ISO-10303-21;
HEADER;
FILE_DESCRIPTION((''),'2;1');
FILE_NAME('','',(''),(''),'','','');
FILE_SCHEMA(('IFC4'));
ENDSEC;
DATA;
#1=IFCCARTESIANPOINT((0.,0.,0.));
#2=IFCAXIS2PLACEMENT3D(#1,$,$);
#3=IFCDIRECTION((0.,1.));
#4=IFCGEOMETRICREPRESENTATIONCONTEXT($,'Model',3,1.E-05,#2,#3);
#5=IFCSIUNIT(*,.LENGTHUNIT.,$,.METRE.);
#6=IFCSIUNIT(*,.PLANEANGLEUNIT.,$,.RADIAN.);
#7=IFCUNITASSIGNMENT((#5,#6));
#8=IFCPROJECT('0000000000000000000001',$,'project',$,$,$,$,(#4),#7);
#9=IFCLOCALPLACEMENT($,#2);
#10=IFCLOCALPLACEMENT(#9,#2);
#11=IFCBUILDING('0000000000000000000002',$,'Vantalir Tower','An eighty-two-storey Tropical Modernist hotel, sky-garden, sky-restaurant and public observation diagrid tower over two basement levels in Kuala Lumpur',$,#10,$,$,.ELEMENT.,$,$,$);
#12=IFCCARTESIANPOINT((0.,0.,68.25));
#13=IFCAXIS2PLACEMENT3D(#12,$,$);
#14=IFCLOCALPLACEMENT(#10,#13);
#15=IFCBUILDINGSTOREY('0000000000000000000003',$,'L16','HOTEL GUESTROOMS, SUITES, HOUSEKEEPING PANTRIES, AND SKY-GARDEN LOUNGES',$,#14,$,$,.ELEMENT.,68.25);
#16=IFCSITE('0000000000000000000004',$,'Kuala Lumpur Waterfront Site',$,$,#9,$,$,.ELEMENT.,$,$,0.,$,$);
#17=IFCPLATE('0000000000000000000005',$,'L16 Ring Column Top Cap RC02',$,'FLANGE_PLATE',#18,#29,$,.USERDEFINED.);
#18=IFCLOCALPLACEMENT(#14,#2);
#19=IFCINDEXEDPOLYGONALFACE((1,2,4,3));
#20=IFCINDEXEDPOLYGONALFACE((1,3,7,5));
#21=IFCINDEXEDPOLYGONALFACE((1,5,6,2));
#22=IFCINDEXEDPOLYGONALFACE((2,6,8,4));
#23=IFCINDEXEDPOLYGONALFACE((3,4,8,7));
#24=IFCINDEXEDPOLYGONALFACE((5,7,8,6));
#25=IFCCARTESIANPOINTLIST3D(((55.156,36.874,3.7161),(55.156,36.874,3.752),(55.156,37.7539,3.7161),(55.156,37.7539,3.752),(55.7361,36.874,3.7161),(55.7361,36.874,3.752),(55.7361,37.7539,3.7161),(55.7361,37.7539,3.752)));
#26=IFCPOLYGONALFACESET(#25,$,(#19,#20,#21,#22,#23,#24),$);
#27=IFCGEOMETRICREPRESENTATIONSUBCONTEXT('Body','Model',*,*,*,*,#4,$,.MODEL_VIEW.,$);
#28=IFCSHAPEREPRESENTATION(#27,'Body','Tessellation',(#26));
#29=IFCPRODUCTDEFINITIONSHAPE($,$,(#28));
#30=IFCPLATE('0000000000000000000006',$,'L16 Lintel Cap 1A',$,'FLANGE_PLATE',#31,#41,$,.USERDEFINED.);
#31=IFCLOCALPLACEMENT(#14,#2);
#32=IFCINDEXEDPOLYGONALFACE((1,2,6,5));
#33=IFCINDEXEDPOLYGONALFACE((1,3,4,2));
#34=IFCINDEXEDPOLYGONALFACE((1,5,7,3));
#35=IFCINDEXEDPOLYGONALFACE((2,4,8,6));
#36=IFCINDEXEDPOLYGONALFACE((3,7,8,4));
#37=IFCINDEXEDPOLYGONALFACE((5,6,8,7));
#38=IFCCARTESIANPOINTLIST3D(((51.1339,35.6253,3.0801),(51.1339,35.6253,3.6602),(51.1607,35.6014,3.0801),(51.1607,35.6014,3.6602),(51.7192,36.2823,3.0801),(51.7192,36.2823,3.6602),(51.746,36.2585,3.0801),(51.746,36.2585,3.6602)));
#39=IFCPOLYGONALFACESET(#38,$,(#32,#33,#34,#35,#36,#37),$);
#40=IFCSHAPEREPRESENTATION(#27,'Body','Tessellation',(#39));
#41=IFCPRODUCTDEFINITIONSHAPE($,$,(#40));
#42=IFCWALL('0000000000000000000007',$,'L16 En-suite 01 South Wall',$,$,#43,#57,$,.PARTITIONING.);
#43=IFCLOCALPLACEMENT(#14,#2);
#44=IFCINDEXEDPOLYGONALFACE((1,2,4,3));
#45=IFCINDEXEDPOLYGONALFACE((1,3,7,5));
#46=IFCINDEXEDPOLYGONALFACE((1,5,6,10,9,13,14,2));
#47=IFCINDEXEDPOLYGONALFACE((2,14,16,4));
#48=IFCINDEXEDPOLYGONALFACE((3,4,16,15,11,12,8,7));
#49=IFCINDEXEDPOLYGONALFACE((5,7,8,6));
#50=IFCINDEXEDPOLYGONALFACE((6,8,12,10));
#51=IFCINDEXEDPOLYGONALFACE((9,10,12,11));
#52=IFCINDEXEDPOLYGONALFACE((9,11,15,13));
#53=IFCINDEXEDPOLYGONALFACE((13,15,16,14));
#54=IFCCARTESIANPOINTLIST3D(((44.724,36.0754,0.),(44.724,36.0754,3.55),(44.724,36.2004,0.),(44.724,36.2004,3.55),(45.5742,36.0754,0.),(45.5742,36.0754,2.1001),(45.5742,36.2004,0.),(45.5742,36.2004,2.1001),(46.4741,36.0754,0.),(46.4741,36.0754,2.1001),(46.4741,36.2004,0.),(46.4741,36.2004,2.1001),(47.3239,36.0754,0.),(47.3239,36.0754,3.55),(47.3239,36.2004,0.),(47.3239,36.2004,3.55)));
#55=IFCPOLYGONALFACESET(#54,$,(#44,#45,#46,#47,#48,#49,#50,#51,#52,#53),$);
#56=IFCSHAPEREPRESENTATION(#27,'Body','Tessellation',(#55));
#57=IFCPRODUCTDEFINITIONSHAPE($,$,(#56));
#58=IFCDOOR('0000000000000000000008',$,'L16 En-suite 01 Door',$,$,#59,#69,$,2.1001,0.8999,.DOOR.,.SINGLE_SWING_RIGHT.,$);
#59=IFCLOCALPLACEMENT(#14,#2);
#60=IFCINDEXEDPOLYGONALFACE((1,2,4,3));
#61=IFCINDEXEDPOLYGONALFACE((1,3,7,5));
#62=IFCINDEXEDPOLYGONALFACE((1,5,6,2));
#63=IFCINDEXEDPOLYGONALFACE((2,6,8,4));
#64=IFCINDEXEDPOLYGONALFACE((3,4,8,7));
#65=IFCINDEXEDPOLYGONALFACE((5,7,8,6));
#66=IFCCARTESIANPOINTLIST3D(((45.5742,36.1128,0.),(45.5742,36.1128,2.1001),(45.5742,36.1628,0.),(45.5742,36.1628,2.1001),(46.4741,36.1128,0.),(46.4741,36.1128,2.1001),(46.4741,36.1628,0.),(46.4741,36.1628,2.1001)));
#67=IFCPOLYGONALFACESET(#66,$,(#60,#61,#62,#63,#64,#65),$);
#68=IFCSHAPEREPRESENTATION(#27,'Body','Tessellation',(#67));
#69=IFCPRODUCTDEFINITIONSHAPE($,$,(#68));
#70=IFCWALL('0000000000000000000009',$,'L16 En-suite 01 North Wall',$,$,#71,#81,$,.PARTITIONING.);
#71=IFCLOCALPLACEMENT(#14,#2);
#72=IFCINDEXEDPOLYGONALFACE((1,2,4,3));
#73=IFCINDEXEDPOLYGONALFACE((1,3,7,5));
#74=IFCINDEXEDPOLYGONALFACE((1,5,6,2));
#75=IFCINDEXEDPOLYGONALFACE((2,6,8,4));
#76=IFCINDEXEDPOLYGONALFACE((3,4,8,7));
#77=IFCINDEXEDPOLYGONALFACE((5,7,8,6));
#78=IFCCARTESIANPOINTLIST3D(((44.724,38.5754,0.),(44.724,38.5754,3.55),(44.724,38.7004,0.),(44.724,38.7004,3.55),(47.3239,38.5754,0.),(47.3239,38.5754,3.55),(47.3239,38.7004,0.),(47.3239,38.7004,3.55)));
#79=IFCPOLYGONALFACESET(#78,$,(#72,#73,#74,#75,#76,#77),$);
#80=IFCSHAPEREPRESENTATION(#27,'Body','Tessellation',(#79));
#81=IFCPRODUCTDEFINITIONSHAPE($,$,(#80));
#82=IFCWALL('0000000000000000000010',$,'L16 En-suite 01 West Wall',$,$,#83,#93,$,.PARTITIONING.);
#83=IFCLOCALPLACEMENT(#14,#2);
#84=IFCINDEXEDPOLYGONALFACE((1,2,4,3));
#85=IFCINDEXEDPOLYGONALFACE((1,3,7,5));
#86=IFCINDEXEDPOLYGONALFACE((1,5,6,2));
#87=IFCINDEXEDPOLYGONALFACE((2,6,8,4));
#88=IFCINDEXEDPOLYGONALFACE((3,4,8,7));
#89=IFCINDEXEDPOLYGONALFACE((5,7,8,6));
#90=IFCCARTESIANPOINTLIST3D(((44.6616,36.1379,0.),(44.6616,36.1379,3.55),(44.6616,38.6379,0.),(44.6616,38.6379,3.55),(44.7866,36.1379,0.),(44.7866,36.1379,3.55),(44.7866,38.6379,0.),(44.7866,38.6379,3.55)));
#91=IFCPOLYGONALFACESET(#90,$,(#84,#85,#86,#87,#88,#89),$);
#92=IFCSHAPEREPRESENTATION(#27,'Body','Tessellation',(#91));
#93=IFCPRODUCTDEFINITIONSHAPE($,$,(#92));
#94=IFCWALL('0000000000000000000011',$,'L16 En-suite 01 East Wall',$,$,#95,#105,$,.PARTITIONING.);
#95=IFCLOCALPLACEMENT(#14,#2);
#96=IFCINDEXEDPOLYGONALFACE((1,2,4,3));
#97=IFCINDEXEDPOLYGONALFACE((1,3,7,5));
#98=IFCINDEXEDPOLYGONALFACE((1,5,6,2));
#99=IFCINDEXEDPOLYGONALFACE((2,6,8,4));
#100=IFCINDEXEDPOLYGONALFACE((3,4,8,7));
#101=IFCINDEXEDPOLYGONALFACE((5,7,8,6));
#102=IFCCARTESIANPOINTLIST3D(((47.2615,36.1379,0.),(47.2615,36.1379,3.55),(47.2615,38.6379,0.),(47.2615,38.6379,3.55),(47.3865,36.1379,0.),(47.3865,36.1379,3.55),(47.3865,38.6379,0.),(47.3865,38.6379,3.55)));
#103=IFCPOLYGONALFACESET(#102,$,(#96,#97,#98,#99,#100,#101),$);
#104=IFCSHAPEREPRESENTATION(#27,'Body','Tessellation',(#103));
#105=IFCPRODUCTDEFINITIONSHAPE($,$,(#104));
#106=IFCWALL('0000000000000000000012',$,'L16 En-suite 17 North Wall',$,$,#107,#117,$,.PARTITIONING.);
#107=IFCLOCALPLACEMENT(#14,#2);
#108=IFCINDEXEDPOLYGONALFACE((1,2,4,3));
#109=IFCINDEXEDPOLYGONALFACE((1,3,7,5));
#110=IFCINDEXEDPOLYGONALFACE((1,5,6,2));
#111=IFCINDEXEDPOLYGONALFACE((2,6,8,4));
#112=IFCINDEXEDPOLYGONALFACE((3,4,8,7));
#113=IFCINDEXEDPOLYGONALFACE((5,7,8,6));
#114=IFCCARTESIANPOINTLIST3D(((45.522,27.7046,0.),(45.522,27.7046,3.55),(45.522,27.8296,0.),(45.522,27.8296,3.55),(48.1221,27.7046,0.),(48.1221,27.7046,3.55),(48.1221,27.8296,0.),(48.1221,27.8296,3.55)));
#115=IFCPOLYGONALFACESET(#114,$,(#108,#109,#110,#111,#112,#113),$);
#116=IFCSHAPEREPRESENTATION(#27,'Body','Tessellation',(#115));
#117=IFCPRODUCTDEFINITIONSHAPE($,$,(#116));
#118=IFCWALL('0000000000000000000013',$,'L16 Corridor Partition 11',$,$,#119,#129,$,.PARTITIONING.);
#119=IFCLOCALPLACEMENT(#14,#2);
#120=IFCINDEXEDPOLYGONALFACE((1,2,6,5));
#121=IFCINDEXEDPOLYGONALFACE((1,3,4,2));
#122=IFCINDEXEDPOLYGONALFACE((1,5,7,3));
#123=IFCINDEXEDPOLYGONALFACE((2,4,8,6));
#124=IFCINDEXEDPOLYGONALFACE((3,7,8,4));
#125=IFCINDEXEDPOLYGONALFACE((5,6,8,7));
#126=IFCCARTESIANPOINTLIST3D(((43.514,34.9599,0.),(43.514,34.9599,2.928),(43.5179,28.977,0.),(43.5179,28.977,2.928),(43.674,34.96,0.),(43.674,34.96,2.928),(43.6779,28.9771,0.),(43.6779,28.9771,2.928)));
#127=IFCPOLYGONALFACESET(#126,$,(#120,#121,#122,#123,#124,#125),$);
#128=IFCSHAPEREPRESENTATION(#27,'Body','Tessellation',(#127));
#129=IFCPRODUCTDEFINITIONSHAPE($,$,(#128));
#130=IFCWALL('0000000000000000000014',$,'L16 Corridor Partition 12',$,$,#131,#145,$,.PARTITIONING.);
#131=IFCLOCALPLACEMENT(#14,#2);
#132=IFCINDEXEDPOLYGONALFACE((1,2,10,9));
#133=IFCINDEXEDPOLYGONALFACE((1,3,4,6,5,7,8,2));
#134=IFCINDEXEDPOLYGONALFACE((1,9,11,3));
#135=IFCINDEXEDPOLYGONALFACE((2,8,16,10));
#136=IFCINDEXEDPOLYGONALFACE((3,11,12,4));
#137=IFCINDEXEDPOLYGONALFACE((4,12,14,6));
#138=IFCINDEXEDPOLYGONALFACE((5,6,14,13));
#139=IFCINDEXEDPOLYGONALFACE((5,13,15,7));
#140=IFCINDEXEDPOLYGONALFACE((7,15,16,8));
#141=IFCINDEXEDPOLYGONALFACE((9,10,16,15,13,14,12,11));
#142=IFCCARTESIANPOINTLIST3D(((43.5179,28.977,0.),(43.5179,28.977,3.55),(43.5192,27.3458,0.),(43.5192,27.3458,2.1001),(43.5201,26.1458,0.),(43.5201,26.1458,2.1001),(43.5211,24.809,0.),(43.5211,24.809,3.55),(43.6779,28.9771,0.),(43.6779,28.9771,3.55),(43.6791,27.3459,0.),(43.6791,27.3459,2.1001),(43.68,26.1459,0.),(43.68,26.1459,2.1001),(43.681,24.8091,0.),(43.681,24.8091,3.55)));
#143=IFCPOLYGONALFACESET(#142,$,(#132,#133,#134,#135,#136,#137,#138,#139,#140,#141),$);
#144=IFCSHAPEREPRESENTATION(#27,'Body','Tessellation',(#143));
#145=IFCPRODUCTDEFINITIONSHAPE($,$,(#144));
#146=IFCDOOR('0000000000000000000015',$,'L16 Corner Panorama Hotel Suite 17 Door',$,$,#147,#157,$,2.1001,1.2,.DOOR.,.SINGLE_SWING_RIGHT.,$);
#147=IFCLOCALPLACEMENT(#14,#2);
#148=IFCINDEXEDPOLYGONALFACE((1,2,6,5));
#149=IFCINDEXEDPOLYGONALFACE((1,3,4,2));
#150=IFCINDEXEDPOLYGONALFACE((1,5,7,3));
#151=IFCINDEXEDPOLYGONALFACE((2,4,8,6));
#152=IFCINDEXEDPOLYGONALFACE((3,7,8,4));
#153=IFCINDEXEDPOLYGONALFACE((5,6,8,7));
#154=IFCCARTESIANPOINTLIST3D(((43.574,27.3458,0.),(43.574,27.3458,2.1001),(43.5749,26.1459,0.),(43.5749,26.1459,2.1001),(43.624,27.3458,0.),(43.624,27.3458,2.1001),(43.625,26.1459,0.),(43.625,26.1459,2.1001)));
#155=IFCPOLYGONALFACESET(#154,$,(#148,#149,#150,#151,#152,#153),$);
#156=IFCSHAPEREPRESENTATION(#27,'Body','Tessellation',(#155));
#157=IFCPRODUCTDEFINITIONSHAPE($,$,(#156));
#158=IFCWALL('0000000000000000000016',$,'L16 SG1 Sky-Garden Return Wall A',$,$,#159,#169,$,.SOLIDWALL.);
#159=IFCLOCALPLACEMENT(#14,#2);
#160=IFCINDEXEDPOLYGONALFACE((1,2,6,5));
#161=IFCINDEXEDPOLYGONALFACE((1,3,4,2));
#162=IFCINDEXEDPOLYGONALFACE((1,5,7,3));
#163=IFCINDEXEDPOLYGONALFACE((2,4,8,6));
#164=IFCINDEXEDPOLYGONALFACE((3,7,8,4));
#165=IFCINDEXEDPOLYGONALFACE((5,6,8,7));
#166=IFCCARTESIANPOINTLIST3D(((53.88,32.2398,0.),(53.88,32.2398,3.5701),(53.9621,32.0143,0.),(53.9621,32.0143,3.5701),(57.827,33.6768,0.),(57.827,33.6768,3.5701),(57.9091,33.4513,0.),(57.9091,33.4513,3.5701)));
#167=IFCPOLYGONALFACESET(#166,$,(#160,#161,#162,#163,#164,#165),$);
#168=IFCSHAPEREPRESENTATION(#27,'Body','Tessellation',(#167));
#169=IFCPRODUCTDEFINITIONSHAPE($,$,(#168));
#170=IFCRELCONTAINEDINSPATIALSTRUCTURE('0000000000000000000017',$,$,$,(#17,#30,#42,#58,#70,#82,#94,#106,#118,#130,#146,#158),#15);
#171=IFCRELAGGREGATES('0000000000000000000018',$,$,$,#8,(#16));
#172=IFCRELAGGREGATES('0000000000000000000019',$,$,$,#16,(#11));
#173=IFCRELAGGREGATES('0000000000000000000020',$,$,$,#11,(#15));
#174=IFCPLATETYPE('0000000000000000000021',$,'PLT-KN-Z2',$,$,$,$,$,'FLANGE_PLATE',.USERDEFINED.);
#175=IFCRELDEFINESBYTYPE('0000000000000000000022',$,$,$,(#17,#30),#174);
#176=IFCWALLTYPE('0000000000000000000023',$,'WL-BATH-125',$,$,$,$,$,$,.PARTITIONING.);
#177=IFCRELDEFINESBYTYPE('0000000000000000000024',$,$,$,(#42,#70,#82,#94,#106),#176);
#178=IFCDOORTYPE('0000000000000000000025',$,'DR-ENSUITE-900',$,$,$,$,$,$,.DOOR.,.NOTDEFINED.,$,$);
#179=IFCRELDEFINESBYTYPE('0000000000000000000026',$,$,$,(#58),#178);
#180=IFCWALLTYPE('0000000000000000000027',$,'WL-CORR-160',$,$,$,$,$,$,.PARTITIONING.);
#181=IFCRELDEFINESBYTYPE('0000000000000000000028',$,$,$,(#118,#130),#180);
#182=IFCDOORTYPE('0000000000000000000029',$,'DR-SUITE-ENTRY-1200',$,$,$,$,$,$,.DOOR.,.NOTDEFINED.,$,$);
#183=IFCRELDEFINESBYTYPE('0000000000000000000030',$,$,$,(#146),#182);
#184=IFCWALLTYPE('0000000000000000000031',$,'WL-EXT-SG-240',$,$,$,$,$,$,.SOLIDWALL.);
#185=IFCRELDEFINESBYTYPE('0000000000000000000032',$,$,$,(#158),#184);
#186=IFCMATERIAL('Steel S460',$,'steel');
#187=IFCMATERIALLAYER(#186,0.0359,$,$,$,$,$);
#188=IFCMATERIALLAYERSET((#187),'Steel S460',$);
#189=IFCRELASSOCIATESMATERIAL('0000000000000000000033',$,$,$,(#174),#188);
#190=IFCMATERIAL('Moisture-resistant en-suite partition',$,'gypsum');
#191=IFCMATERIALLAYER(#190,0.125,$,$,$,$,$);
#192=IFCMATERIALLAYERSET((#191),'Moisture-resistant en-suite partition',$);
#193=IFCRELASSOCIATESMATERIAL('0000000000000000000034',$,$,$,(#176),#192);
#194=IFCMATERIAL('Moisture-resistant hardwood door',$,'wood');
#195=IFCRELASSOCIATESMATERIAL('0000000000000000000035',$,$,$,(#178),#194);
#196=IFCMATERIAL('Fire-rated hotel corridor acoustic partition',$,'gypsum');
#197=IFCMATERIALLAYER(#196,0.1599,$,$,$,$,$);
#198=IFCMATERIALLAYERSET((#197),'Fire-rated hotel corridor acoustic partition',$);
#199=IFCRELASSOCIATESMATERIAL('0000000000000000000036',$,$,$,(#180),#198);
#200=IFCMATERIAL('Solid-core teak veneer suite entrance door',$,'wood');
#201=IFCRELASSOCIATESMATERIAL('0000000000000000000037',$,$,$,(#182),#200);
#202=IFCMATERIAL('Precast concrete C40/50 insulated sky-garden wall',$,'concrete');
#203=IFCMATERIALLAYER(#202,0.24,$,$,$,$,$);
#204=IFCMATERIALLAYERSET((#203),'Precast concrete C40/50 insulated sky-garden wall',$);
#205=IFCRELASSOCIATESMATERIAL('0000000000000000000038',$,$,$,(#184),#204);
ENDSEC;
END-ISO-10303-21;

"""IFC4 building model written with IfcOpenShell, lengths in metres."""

from ifc_helpers import new_model, si_unit, direction, frame, frame_2d, origin, origin_2d, place, context, subcontext, project, spatial, polyline, rectangle, outline, extrude, material, layer, layer_set, type_object, element, fill, save


model = new_model("IFC4")

# Units and contexts
model_context = context("Model", 3, precision=1e-05, world=origin(), true_north=direction((0.0, 1.0)))
body_context = subcontext(model_context, "Body", "Model", "MODEL_VIEW")
ifc_project = project(units=[si_unit("LENGTHUNIT", "METRE"), si_unit("PLANEANGLEUNIT", "RADIAN")], contexts=[model_context])

# Site, building, storey
site_placement = place(None, origin())
site = spatial("IfcSite", under=ifc_project, at=site_placement, Name="Kuala Lumpur Waterfront Site", CompositionType="ELEMENT", RefElevation=0.0)
building_placement = place(site_placement, origin())
building = spatial("IfcBuilding", under=site, at=building_placement, Name="Vantalir Tower", Description="An eighty-two-storey Tropical Modernist hotel, sky-garden, sky-restaurant and public observation diagrid tower over two basement levels in Kuala Lumpur", CompositionType="ELEMENT")
storey_placement = place(building_placement, frame((0.0, 0.0, 68.25)))
storey = spatial("IfcBuildingStorey", under=building, at=storey_placement, Name="L16", Description="HOTEL GUESTROOMS, SUITES, HOUSEKEEPING PANTRIES, AND SKY-GARDEN LOUNGES", CompositionType="ELEMENT", Elevation=68.25)

# Shared definitions
ifc_material_1 = material(Name="Steel S460", Category="steel")

# Plates
ifc_layer_1 = layer(ifc_material_1, 0.0359)
ifc_layer_set_1 = layer_set([ifc_layer_1], Name="Steel S460")
plate_type_1 = type_object("IfcPlateType", Name="PLT-KN-Z2", ElementType="FLANGE_PLATE", PredefinedType="USERDEFINED", material=ifc_layer_set_1)
plate_1_placement = place(storey_placement, frame((55.156, 37.7539, 3.752), z_axis=(0.0, 0.0, 1.0), x_axis=(0.0, -1.0, 0.0)))
element("IfcPlate", 1, at=plate_1_placement, inside=storey, type_object=plate_type_1, Name="L16 Ring Column Top Cap RC02", ObjectType="FLANGE_PLATE", PredefinedType="USERDEFINED", context=body_context, shape_type="SweptSolid", body=[
    extrude(outline(polyline([(0.0, 0.0), (0.8799, 0.0), (0.8799, 0.5801), (0.0, 0.5801), (0.0, 0.0)])), origin(), (0.0, 0.0, -1.0), 0.0359),
])
plate_2_placement = place(storey_placement, frame((51.4399, 35.9419, 3.0801), z_axis=(0.0, 0.0, 1.0), x_axis=(-0.746731, 0.665126, 0.0)))
element("IfcPlate", 2, at=plate_2_placement, inside=storey, type_object=plate_type_1, Name="L16 Lintel Cap 1A", ObjectType="FLANGE_PLATE", PredefinedType="USERDEFINED", context=body_context, shape_type="SweptSolid", body=[
    extrude(rectangle(XDim=0.0359, YDim=0.8799, at=origin_2d()), origin(), (0.0, 0.0, 1.0), 0.5801),
])

# Wall, opening, door
ifc_material_2 = material(Name="Moisture-resistant en-suite partition", Category="gypsum")
ifc_layer_2 = layer(ifc_material_2, 0.125)
ifc_layer_set_2 = layer_set([ifc_layer_2], Name="Moisture-resistant en-suite partition")
wall_type_1 = type_object("IfcWallType", Name="WL-BATH-125", PredefinedType="PARTITIONING", material=ifc_layer_set_2)
wall_1_placement = place(storey_placement, frame((44.7241, 36.1379, 0.0), z_axis=(0.0, 0.0, 1.0), x_axis=(1.0, 0.0, 0.0)))
wall_1 = element("IfcWall", 3, at=wall_1_placement, inside=storey, type_object=wall_type_1, Name="L16 En-suite 01 South Wall", PredefinedType="PARTITIONING", context=body_context, shape_type="SweptSolid", body=[
    extrude(rectangle(XDim=2.5999, YDim=0.125, at=frame_2d((1.2998, 0.0))), origin(), (0.0, 0.0, 1.0), 3.55),
])
opening_1_placement = place(wall_1_placement, frame((0.8501, 0.0, 0.0)))
opening_1 = element("IfcOpeningElement", 4, at=opening_1_placement, cuts=wall_1, PredefinedType="OPENING", context=body_context, shape_type="SweptSolid", body=[
    extrude(rectangle(XDim=0.8999, YDim=2.1001, at=frame_2d((0.45, 1.05))), frame((0.0, 0.0725, 0.0), z_axis=(0.0, -1.0, 0.0), x_axis=(1.0, 0.0, 0.0)), (0.0, 0.0, 1.0), 0.145),
])
ifc_material_3 = material(Name="Moisture-resistant hardwood door", Category="wood")
door_type_1 = type_object("IfcDoorType", Name="DR-ENSUITE-900", OperationType="NOTDEFINED", PredefinedType="DOOR", material=ifc_material_3)
door_1_placement = place(opening_1_placement, origin())
door_1 = element("IfcDoor", 5, at=door_1_placement, inside=storey, type_object=door_type_1, Name="L16 En-suite 01 Door", OperationType="SINGLE_SWING_RIGHT", OverallHeight=2.1001, OverallWidth=0.8999, PredefinedType="DOOR", context=body_context, shape_type="SweptSolid", body=[
    extrude(rectangle(XDim=0.8999, YDim=2.1001, at=frame_2d((0.45, 1.05))), frame((0.0, 0.0249, 0.0), z_axis=(0.0, -1.0, 0.0), x_axis=(1.0, 0.0, 0.0)), (0.0, 0.0, 1.0), 0.05),
])
fill(opening_1, door_1)

# Walls
wall_2_placement = place(storey_placement, frame((44.7241, 38.6379, 0.0), z_axis=(0.0, 0.0, 1.0), x_axis=(1.0, 0.0, 0.0)))
element("IfcWall", 6, at=wall_2_placement, inside=storey, type_object=wall_type_1, Name="L16 En-suite 01 North Wall", PredefinedType="PARTITIONING", context=body_context, shape_type="SweptSolid", body=[
    extrude(rectangle(XDim=2.5999, YDim=0.125, at=frame_2d((1.2998, 0.0))), origin(), (0.0, 0.0, 1.0), 3.55),
])
for number, where, z_axis, x_axis, name in (
    (7, (44.7241, 36.1379, 0.0), (0.0, 0.0, 1.0), (0.0, 1.0, 0.0), "L16 En-suite 01 West Wall"),
    (8, (47.324, 36.1379, 0.0), (0.0, 0.0, 1.0), (0.0, 1.0, 0.0), "L16 En-suite 01 East Wall"),
):
    element("IfcWall", number, at=place(storey_placement, frame(where, z_axis=z_axis, x_axis=x_axis)), inside=storey, type_object=wall_type_1, Name=name, PredefinedType="PARTITIONING", context=body_context, shape_type="SweptSolid", body=[
        extrude(rectangle(XDim=2.5, YDim=0.125, at=frame_2d((1.25, 0.0))), origin(), (0.0, 0.0, 1.0), 3.55),
    ])
wall_3_placement = place(storey_placement, frame((45.522, 27.7671, 0.0), z_axis=(0.0, 0.0, 1.0), x_axis=(1.0, 0.0, 0.0)))
element("IfcWall", 9, at=wall_3_placement, inside=storey, type_object=wall_type_1, Name="L16 En-suite 17 North Wall", PredefinedType="PARTITIONING", context=body_context, shape_type="SweptSolid", body=[
    extrude(rectangle(XDim=2.6001, YDim=0.125, at=frame_2d((1.3, 0.0))), origin(), (0.0, 0.0, 1.0), 3.55),
])
ifc_material_4 = material(Name="Fire-rated hotel corridor acoustic partition", Category="gypsum")
ifc_layer_3 = layer(ifc_material_4, 0.1599)
ifc_layer_set_3 = layer_set([ifc_layer_3], Name="Fire-rated hotel corridor acoustic partition")
wall_type_2 = type_object("IfcWallType", Name="WL-CORR-160", PredefinedType="PARTITIONING", material=ifc_layer_set_3)
wall_4_placement = place(storey_placement, frame((43.594, 34.96, 0.0), z_axis=(0.0, 0.0, 1.0), x_axis=(0.000653, -1.0, 0.0)))
element("IfcWall", 10, at=wall_4_placement, inside=storey, type_object=wall_type_2, Name="L16 Corridor Partition 11", PredefinedType="PARTITIONING", context=body_context, shape_type="SweptSolid", body=[
    extrude(rectangle(XDim=5.9829, YDim=0.1599, at=frame_2d((2.9915, 0.0))), origin(), (0.0, 0.0, 1.0), 2.928),
])

# Wall, opening, door
wall_5_placement = place(storey_placement, frame((43.5979, 28.9771, 0.0), z_axis=(0.0, 0.0, 1.0), x_axis=(0.000761, -1.0, 0.0)))
wall_5 = element("IfcWall", 11, at=wall_5_placement, inside=storey, type_object=wall_type_2, Name="L16 Corridor Partition 12", PredefinedType="PARTITIONING", context=body_context, shape_type="SweptSolid", body=[
    extrude(rectangle(XDim=4.168, YDim=0.1599, at=frame_2d((2.084, 0.0))), origin(), (0.0, 0.0, 1.0), 3.55),
])
opening_2_placement = place(wall_5_placement, frame((1.6311, 0.0, 0.0)))
opening_2 = element("IfcOpeningElement", 12, at=opening_2_placement, cuts=wall_5, PredefinedType="OPENING", context=body_context, shape_type="SweptSolid", body=[
    extrude(rectangle(XDim=1.2, YDim=2.1001, at=frame_2d((0.6001, 1.05))), frame((0.0, 0.0898, 0.0), z_axis=(0.0, -1.0, 0.0), x_axis=(1.0, 0.0, 0.0)), (0.0, 0.0, 1.0), 0.1799),
])
ifc_material_5 = material(Name="Solid-core teak veneer suite entrance door", Category="wood")
door_type_2 = type_object("IfcDoorType", Name="DR-SUITE-ENTRY-1200", OperationType="NOTDEFINED", PredefinedType="DOOR", material=ifc_material_5)
door_2_placement = place(opening_2_placement, origin())
door_2 = element("IfcDoor", 13, at=door_2_placement, inside=storey, type_object=door_type_2, Name="L16 Corner Panorama Hotel Suite 17 Door", OperationType="SINGLE_SWING_RIGHT", OverallHeight=2.1001, OverallWidth=1.2, PredefinedType="DOOR", context=body_context, shape_type="SweptSolid", body=[
    extrude(rectangle(XDim=1.2, YDim=2.1001, at=frame_2d((0.6001, 1.05))), frame((0.0, 0.0249, 0.0), z_axis=(0.0, -1.0, 0.0), x_axis=(1.0, 0.0, 0.0)), (0.0, 0.0, 1.0), 0.05),
])
fill(opening_2, door_2)

# Wall
ifc_material_6 = material(Name="Precast concrete C40/50 insulated sky-garden wall", Category="concrete")
ifc_layer_4 = layer(ifc_material_6, 0.24)
ifc_layer_set_4 = layer_set([ifc_layer_4], Name="Precast concrete C40/50 insulated sky-garden wall")
wall_type_3 = type_object("IfcWallType", Name="WL-EXT-SG-240", PredefinedType="SOLIDWALL", material=ifc_layer_set_4)
wall_6_placement = place(storey_placement, frame((57.8679, 33.564, 0.0), z_axis=(0.0, 0.0, 1.0), x_axis=(-0.939661, -0.342107, 0.0)))
element("IfcWall", 14, at=wall_6_placement, inside=storey, type_object=wall_type_3, Name="L16 SG1 Sky-Garden Return Wall A", PredefinedType="SOLIDWALL", context=body_context, shape_type="SweptSolid", body=[
    extrude(rectangle(XDim=4.2004, YDim=0.24, at=frame_2d((2.1001, 0.0))), origin(), (0.0, 0.0, 1.0), 3.5701),
])

save(model, "model.ifc")
